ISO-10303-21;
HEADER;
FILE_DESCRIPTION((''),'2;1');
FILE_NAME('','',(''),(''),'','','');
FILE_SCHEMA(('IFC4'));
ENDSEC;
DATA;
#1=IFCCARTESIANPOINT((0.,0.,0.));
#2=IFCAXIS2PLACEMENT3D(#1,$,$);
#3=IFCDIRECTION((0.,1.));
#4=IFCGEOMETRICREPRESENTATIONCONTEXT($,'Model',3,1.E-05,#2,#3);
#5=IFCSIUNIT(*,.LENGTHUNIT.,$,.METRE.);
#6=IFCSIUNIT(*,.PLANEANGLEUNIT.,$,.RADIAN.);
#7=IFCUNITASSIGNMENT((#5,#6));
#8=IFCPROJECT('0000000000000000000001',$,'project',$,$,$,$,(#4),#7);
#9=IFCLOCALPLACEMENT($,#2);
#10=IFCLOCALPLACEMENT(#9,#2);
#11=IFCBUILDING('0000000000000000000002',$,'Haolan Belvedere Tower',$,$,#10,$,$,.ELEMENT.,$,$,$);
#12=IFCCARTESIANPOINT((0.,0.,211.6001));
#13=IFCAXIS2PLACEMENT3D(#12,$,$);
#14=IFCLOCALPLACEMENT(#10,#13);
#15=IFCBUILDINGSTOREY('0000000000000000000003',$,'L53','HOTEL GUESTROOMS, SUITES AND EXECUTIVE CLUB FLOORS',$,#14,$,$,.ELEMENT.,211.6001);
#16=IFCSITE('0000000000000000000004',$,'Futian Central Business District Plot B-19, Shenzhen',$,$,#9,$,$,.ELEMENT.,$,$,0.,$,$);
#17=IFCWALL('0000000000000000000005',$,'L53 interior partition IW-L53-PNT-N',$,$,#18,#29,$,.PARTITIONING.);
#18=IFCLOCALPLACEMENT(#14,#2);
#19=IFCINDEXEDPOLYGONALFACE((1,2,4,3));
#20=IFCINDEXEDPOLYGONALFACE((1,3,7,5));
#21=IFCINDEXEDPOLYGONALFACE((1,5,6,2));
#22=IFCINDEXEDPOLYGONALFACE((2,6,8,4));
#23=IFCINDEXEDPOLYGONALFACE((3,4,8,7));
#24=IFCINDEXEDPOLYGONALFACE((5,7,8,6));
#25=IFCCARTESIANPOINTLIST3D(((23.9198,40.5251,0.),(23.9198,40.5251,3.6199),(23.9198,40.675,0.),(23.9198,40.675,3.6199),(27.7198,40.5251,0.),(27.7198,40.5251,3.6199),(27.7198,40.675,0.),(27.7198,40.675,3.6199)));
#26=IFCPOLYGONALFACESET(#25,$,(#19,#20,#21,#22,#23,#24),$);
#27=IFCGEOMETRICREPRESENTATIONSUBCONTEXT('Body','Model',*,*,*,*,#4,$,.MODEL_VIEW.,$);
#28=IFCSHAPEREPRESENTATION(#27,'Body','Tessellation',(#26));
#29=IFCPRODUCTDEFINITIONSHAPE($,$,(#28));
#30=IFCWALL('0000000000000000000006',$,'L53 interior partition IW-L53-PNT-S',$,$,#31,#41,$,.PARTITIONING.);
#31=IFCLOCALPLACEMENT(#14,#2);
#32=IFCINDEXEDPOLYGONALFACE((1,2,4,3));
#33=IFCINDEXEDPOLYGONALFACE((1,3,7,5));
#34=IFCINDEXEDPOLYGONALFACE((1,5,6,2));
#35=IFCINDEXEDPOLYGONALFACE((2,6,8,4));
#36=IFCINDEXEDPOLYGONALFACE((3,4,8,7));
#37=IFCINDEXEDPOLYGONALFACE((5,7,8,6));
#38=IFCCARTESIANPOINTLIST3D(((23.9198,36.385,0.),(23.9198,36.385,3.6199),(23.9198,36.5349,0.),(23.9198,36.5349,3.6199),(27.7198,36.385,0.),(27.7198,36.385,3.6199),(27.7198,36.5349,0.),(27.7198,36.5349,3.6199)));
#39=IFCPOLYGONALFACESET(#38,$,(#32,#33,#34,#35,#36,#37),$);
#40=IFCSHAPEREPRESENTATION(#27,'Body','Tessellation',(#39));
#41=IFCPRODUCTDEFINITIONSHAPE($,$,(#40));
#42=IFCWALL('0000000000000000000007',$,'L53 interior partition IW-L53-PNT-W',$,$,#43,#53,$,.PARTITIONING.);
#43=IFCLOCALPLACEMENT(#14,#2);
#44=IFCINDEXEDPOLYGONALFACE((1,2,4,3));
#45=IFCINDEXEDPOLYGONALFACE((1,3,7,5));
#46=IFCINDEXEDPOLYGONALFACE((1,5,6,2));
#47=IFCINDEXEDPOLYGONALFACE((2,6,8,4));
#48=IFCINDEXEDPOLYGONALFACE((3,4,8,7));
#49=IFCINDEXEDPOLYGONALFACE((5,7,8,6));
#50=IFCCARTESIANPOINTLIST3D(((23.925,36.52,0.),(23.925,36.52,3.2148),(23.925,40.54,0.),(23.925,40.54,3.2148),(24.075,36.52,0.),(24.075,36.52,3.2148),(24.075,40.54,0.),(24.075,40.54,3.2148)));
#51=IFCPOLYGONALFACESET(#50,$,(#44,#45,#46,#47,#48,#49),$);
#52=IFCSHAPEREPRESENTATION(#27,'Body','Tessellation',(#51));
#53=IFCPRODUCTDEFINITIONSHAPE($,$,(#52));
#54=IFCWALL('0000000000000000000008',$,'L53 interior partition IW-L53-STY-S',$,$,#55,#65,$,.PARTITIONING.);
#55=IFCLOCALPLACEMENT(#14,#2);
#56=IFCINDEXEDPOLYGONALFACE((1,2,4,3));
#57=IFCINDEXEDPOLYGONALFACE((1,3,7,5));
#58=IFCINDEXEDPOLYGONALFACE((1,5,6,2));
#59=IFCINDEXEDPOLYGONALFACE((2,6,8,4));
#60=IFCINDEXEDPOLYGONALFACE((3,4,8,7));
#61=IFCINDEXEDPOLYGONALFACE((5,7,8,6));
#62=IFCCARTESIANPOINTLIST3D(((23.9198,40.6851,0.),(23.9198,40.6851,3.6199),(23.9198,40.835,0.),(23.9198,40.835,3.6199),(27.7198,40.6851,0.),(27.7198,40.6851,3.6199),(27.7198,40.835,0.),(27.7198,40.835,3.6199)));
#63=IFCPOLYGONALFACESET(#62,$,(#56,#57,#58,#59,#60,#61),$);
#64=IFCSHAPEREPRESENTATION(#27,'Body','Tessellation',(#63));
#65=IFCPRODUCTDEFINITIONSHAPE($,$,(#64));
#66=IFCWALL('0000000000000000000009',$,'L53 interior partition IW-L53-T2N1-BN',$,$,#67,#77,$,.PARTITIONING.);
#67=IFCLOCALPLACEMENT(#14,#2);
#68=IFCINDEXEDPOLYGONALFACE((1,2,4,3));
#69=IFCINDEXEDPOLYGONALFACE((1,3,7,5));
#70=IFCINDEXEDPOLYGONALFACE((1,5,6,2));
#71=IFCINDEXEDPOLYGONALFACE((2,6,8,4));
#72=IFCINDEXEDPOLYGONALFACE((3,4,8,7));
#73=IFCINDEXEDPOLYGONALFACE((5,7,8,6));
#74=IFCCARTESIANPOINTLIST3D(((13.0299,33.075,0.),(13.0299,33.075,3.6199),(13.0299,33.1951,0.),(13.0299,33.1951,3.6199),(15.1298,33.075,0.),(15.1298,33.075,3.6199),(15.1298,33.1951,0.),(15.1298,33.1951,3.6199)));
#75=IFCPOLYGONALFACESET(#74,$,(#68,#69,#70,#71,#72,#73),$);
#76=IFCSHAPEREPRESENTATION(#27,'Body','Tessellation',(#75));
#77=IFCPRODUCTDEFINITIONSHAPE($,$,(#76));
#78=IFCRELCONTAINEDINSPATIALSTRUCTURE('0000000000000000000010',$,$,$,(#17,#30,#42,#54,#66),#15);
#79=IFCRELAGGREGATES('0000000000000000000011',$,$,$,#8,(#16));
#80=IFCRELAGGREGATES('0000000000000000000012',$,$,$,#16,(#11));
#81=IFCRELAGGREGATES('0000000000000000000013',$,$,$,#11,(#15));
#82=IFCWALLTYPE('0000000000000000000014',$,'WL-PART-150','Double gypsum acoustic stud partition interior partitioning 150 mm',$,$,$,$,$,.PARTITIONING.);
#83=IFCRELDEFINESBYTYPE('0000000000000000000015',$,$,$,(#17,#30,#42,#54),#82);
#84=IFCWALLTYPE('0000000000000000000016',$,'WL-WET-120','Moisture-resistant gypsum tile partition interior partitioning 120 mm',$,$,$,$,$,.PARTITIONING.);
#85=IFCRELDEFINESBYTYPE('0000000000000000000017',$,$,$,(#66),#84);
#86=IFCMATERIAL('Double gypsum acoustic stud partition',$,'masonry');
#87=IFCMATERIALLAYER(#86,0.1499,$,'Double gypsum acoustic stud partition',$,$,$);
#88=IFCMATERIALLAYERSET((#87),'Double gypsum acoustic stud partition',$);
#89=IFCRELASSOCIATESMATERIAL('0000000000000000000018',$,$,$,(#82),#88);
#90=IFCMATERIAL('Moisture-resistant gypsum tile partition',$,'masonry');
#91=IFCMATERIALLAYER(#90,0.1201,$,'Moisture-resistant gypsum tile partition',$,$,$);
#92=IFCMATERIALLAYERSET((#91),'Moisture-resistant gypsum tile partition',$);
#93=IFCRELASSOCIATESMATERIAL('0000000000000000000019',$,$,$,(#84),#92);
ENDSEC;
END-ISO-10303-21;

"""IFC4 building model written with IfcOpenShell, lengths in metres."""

from ifc_helpers import new_model, si_unit, direction, frame, frame_2d, origin, place, context, subcontext, project, spatial, rectangle, extrude, material, layer, layer_set, type_object, element, save


model = new_model("IFC4")

# Units and contexts
model_context = context("Model", 3, precision=1e-05, world=origin(), true_north=direction((0.0, 1.0)))
body_context = subcontext(model_context, "Body", "Model", "MODEL_VIEW")
ifc_project = project(units=[si_unit("LENGTHUNIT", "METRE"), si_unit("PLANEANGLEUNIT", "RADIAN")], contexts=[model_context])

# Site, building, storey
site_placement = place(None, origin())
site = spatial("IfcSite", under=ifc_project, at=site_placement, Name="Futian Central Business District Plot B-19, Shenzhen", CompositionType="ELEMENT", RefElevation=0.0)
building_placement = place(site_placement, origin())
building = spatial("IfcBuilding", under=site, at=building_placement, Name="Haolan Belvedere Tower", CompositionType="ELEMENT")
storey_placement = place(building_placement, frame((0.0, 0.0, 211.6001)))
storey = spatial("IfcBuildingStorey", under=building, at=storey_placement, Name="L53", Description="HOTEL GUESTROOMS, SUITES AND EXECUTIVE CLUB FLOORS", CompositionType="ELEMENT", Elevation=211.6001)

# Walls
ifc_material_1 = material(Name="Double gypsum acoustic stud partition", Category="masonry")
ifc_layer_1 = layer(ifc_material_1, 0.1499, Name="Double gypsum acoustic stud partition")
ifc_layer_set_1 = layer_set([ifc_layer_1], Name="Double gypsum acoustic stud partition")
wall_type_1 = type_object("IfcWallType", Name="WL-PART-150", Description="Double gypsum acoustic stud partition interior partitioning 150 mm", PredefinedType="PARTITIONING", material=ifc_layer_set_1)
for number, where, z_axis, x_axis, name in (
    (1, (23.9199, 40.6001, 0.0), (0.0, 0.0, 1.0), (1.0, 0.0, 0.0), "L53 interior partition IW-L53-PNT-N"),
    (2, (23.9199, 36.46, 0.0), (0.0, 0.0, 1.0), (1.0, 0.0, 0.0), "L53 interior partition IW-L53-PNT-S"),
):
    element("IfcWall", number, at=place(storey_placement, frame(where, z_axis=z_axis, x_axis=x_axis)), inside=storey, type_object=wall_type_1, Name=name, PredefinedType="PARTITIONING", context=body_context, shape_type="SweptSolid", body=[
        extrude(rectangle(XDim=3.8, YDim=0.1499, at=frame_2d((1.8999, 0.0))), origin(), (0.0, 0.0, 1.0), 3.6199),
    ])
wall_1_placement = place(storey_placement, frame((24.0, 36.52, 0.0), z_axis=(0.0, 0.0, 1.0), x_axis=(0.0, 1.0, 0.0)))
element("IfcWall", 3, at=wall_1_placement, inside=storey, type_object=wall_type_1, Name="L53 interior partition IW-L53-PNT-W", PredefinedType="PARTITIONING", context=body_context, shape_type="SweptSolid", body=[
    extrude(rectangle(XDim=4.02, YDim=0.1499, at=frame_2d((2.01, 0.0))), origin(), (0.0, 0.0, 1.0), 3.2148),
])
wall_2_placement = place(storey_placement, frame((23.9199, 40.76, 0.0), z_axis=(0.0, 0.0, 1.0), x_axis=(1.0, 0.0, 0.0)))
element("IfcWall", 4, at=wall_2_placement, inside=storey, type_object=wall_type_1, Name="L53 interior partition IW-L53-STY-S", PredefinedType="PARTITIONING", context=body_context, shape_type="SweptSolid", body=[
    extrude(rectangle(XDim=3.8, YDim=0.1499, at=frame_2d((1.8999, 0.0))), origin(), (0.0, 0.0, 1.0), 3.6199),
])
ifc_material_2 = material(Name="Moisture-resistant gypsum tile partition", Category="masonry")
ifc_layer_2 = layer(ifc_material_2, 0.1201, Name="Moisture-resistant gypsum tile partition")
ifc_layer_set_2 = layer_set([ifc_layer_2], Name="Moisture-resistant gypsum tile partition")
wall_type_2 = type_object("IfcWallType", Name="WL-WET-120", Description="Moisture-resistant gypsum tile partition interior partitioning 120 mm", PredefinedType="PARTITIONING", material=ifc_layer_set_2)
wall_3_placement = place(storey_placement, frame((13.03, 33.135, 0.0), z_axis=(0.0, 0.0, 1.0), x_axis=(1.0, 0.0, 0.0)))
element("IfcWall", 5, at=wall_3_placement, inside=storey, type_object=wall_type_2, Name="L53 interior partition IW-L53-T2N1-BN", PredefinedType="PARTITIONING", context=body_context, shape_type="SweptSolid", body=[
    extrude(rectangle(XDim=2.0999, YDim=0.1201, at=frame_2d((1.0498, 0.0))), origin(), (0.0, 0.0, 1.0), 3.6199),
])

save(model, "model.ifc")
